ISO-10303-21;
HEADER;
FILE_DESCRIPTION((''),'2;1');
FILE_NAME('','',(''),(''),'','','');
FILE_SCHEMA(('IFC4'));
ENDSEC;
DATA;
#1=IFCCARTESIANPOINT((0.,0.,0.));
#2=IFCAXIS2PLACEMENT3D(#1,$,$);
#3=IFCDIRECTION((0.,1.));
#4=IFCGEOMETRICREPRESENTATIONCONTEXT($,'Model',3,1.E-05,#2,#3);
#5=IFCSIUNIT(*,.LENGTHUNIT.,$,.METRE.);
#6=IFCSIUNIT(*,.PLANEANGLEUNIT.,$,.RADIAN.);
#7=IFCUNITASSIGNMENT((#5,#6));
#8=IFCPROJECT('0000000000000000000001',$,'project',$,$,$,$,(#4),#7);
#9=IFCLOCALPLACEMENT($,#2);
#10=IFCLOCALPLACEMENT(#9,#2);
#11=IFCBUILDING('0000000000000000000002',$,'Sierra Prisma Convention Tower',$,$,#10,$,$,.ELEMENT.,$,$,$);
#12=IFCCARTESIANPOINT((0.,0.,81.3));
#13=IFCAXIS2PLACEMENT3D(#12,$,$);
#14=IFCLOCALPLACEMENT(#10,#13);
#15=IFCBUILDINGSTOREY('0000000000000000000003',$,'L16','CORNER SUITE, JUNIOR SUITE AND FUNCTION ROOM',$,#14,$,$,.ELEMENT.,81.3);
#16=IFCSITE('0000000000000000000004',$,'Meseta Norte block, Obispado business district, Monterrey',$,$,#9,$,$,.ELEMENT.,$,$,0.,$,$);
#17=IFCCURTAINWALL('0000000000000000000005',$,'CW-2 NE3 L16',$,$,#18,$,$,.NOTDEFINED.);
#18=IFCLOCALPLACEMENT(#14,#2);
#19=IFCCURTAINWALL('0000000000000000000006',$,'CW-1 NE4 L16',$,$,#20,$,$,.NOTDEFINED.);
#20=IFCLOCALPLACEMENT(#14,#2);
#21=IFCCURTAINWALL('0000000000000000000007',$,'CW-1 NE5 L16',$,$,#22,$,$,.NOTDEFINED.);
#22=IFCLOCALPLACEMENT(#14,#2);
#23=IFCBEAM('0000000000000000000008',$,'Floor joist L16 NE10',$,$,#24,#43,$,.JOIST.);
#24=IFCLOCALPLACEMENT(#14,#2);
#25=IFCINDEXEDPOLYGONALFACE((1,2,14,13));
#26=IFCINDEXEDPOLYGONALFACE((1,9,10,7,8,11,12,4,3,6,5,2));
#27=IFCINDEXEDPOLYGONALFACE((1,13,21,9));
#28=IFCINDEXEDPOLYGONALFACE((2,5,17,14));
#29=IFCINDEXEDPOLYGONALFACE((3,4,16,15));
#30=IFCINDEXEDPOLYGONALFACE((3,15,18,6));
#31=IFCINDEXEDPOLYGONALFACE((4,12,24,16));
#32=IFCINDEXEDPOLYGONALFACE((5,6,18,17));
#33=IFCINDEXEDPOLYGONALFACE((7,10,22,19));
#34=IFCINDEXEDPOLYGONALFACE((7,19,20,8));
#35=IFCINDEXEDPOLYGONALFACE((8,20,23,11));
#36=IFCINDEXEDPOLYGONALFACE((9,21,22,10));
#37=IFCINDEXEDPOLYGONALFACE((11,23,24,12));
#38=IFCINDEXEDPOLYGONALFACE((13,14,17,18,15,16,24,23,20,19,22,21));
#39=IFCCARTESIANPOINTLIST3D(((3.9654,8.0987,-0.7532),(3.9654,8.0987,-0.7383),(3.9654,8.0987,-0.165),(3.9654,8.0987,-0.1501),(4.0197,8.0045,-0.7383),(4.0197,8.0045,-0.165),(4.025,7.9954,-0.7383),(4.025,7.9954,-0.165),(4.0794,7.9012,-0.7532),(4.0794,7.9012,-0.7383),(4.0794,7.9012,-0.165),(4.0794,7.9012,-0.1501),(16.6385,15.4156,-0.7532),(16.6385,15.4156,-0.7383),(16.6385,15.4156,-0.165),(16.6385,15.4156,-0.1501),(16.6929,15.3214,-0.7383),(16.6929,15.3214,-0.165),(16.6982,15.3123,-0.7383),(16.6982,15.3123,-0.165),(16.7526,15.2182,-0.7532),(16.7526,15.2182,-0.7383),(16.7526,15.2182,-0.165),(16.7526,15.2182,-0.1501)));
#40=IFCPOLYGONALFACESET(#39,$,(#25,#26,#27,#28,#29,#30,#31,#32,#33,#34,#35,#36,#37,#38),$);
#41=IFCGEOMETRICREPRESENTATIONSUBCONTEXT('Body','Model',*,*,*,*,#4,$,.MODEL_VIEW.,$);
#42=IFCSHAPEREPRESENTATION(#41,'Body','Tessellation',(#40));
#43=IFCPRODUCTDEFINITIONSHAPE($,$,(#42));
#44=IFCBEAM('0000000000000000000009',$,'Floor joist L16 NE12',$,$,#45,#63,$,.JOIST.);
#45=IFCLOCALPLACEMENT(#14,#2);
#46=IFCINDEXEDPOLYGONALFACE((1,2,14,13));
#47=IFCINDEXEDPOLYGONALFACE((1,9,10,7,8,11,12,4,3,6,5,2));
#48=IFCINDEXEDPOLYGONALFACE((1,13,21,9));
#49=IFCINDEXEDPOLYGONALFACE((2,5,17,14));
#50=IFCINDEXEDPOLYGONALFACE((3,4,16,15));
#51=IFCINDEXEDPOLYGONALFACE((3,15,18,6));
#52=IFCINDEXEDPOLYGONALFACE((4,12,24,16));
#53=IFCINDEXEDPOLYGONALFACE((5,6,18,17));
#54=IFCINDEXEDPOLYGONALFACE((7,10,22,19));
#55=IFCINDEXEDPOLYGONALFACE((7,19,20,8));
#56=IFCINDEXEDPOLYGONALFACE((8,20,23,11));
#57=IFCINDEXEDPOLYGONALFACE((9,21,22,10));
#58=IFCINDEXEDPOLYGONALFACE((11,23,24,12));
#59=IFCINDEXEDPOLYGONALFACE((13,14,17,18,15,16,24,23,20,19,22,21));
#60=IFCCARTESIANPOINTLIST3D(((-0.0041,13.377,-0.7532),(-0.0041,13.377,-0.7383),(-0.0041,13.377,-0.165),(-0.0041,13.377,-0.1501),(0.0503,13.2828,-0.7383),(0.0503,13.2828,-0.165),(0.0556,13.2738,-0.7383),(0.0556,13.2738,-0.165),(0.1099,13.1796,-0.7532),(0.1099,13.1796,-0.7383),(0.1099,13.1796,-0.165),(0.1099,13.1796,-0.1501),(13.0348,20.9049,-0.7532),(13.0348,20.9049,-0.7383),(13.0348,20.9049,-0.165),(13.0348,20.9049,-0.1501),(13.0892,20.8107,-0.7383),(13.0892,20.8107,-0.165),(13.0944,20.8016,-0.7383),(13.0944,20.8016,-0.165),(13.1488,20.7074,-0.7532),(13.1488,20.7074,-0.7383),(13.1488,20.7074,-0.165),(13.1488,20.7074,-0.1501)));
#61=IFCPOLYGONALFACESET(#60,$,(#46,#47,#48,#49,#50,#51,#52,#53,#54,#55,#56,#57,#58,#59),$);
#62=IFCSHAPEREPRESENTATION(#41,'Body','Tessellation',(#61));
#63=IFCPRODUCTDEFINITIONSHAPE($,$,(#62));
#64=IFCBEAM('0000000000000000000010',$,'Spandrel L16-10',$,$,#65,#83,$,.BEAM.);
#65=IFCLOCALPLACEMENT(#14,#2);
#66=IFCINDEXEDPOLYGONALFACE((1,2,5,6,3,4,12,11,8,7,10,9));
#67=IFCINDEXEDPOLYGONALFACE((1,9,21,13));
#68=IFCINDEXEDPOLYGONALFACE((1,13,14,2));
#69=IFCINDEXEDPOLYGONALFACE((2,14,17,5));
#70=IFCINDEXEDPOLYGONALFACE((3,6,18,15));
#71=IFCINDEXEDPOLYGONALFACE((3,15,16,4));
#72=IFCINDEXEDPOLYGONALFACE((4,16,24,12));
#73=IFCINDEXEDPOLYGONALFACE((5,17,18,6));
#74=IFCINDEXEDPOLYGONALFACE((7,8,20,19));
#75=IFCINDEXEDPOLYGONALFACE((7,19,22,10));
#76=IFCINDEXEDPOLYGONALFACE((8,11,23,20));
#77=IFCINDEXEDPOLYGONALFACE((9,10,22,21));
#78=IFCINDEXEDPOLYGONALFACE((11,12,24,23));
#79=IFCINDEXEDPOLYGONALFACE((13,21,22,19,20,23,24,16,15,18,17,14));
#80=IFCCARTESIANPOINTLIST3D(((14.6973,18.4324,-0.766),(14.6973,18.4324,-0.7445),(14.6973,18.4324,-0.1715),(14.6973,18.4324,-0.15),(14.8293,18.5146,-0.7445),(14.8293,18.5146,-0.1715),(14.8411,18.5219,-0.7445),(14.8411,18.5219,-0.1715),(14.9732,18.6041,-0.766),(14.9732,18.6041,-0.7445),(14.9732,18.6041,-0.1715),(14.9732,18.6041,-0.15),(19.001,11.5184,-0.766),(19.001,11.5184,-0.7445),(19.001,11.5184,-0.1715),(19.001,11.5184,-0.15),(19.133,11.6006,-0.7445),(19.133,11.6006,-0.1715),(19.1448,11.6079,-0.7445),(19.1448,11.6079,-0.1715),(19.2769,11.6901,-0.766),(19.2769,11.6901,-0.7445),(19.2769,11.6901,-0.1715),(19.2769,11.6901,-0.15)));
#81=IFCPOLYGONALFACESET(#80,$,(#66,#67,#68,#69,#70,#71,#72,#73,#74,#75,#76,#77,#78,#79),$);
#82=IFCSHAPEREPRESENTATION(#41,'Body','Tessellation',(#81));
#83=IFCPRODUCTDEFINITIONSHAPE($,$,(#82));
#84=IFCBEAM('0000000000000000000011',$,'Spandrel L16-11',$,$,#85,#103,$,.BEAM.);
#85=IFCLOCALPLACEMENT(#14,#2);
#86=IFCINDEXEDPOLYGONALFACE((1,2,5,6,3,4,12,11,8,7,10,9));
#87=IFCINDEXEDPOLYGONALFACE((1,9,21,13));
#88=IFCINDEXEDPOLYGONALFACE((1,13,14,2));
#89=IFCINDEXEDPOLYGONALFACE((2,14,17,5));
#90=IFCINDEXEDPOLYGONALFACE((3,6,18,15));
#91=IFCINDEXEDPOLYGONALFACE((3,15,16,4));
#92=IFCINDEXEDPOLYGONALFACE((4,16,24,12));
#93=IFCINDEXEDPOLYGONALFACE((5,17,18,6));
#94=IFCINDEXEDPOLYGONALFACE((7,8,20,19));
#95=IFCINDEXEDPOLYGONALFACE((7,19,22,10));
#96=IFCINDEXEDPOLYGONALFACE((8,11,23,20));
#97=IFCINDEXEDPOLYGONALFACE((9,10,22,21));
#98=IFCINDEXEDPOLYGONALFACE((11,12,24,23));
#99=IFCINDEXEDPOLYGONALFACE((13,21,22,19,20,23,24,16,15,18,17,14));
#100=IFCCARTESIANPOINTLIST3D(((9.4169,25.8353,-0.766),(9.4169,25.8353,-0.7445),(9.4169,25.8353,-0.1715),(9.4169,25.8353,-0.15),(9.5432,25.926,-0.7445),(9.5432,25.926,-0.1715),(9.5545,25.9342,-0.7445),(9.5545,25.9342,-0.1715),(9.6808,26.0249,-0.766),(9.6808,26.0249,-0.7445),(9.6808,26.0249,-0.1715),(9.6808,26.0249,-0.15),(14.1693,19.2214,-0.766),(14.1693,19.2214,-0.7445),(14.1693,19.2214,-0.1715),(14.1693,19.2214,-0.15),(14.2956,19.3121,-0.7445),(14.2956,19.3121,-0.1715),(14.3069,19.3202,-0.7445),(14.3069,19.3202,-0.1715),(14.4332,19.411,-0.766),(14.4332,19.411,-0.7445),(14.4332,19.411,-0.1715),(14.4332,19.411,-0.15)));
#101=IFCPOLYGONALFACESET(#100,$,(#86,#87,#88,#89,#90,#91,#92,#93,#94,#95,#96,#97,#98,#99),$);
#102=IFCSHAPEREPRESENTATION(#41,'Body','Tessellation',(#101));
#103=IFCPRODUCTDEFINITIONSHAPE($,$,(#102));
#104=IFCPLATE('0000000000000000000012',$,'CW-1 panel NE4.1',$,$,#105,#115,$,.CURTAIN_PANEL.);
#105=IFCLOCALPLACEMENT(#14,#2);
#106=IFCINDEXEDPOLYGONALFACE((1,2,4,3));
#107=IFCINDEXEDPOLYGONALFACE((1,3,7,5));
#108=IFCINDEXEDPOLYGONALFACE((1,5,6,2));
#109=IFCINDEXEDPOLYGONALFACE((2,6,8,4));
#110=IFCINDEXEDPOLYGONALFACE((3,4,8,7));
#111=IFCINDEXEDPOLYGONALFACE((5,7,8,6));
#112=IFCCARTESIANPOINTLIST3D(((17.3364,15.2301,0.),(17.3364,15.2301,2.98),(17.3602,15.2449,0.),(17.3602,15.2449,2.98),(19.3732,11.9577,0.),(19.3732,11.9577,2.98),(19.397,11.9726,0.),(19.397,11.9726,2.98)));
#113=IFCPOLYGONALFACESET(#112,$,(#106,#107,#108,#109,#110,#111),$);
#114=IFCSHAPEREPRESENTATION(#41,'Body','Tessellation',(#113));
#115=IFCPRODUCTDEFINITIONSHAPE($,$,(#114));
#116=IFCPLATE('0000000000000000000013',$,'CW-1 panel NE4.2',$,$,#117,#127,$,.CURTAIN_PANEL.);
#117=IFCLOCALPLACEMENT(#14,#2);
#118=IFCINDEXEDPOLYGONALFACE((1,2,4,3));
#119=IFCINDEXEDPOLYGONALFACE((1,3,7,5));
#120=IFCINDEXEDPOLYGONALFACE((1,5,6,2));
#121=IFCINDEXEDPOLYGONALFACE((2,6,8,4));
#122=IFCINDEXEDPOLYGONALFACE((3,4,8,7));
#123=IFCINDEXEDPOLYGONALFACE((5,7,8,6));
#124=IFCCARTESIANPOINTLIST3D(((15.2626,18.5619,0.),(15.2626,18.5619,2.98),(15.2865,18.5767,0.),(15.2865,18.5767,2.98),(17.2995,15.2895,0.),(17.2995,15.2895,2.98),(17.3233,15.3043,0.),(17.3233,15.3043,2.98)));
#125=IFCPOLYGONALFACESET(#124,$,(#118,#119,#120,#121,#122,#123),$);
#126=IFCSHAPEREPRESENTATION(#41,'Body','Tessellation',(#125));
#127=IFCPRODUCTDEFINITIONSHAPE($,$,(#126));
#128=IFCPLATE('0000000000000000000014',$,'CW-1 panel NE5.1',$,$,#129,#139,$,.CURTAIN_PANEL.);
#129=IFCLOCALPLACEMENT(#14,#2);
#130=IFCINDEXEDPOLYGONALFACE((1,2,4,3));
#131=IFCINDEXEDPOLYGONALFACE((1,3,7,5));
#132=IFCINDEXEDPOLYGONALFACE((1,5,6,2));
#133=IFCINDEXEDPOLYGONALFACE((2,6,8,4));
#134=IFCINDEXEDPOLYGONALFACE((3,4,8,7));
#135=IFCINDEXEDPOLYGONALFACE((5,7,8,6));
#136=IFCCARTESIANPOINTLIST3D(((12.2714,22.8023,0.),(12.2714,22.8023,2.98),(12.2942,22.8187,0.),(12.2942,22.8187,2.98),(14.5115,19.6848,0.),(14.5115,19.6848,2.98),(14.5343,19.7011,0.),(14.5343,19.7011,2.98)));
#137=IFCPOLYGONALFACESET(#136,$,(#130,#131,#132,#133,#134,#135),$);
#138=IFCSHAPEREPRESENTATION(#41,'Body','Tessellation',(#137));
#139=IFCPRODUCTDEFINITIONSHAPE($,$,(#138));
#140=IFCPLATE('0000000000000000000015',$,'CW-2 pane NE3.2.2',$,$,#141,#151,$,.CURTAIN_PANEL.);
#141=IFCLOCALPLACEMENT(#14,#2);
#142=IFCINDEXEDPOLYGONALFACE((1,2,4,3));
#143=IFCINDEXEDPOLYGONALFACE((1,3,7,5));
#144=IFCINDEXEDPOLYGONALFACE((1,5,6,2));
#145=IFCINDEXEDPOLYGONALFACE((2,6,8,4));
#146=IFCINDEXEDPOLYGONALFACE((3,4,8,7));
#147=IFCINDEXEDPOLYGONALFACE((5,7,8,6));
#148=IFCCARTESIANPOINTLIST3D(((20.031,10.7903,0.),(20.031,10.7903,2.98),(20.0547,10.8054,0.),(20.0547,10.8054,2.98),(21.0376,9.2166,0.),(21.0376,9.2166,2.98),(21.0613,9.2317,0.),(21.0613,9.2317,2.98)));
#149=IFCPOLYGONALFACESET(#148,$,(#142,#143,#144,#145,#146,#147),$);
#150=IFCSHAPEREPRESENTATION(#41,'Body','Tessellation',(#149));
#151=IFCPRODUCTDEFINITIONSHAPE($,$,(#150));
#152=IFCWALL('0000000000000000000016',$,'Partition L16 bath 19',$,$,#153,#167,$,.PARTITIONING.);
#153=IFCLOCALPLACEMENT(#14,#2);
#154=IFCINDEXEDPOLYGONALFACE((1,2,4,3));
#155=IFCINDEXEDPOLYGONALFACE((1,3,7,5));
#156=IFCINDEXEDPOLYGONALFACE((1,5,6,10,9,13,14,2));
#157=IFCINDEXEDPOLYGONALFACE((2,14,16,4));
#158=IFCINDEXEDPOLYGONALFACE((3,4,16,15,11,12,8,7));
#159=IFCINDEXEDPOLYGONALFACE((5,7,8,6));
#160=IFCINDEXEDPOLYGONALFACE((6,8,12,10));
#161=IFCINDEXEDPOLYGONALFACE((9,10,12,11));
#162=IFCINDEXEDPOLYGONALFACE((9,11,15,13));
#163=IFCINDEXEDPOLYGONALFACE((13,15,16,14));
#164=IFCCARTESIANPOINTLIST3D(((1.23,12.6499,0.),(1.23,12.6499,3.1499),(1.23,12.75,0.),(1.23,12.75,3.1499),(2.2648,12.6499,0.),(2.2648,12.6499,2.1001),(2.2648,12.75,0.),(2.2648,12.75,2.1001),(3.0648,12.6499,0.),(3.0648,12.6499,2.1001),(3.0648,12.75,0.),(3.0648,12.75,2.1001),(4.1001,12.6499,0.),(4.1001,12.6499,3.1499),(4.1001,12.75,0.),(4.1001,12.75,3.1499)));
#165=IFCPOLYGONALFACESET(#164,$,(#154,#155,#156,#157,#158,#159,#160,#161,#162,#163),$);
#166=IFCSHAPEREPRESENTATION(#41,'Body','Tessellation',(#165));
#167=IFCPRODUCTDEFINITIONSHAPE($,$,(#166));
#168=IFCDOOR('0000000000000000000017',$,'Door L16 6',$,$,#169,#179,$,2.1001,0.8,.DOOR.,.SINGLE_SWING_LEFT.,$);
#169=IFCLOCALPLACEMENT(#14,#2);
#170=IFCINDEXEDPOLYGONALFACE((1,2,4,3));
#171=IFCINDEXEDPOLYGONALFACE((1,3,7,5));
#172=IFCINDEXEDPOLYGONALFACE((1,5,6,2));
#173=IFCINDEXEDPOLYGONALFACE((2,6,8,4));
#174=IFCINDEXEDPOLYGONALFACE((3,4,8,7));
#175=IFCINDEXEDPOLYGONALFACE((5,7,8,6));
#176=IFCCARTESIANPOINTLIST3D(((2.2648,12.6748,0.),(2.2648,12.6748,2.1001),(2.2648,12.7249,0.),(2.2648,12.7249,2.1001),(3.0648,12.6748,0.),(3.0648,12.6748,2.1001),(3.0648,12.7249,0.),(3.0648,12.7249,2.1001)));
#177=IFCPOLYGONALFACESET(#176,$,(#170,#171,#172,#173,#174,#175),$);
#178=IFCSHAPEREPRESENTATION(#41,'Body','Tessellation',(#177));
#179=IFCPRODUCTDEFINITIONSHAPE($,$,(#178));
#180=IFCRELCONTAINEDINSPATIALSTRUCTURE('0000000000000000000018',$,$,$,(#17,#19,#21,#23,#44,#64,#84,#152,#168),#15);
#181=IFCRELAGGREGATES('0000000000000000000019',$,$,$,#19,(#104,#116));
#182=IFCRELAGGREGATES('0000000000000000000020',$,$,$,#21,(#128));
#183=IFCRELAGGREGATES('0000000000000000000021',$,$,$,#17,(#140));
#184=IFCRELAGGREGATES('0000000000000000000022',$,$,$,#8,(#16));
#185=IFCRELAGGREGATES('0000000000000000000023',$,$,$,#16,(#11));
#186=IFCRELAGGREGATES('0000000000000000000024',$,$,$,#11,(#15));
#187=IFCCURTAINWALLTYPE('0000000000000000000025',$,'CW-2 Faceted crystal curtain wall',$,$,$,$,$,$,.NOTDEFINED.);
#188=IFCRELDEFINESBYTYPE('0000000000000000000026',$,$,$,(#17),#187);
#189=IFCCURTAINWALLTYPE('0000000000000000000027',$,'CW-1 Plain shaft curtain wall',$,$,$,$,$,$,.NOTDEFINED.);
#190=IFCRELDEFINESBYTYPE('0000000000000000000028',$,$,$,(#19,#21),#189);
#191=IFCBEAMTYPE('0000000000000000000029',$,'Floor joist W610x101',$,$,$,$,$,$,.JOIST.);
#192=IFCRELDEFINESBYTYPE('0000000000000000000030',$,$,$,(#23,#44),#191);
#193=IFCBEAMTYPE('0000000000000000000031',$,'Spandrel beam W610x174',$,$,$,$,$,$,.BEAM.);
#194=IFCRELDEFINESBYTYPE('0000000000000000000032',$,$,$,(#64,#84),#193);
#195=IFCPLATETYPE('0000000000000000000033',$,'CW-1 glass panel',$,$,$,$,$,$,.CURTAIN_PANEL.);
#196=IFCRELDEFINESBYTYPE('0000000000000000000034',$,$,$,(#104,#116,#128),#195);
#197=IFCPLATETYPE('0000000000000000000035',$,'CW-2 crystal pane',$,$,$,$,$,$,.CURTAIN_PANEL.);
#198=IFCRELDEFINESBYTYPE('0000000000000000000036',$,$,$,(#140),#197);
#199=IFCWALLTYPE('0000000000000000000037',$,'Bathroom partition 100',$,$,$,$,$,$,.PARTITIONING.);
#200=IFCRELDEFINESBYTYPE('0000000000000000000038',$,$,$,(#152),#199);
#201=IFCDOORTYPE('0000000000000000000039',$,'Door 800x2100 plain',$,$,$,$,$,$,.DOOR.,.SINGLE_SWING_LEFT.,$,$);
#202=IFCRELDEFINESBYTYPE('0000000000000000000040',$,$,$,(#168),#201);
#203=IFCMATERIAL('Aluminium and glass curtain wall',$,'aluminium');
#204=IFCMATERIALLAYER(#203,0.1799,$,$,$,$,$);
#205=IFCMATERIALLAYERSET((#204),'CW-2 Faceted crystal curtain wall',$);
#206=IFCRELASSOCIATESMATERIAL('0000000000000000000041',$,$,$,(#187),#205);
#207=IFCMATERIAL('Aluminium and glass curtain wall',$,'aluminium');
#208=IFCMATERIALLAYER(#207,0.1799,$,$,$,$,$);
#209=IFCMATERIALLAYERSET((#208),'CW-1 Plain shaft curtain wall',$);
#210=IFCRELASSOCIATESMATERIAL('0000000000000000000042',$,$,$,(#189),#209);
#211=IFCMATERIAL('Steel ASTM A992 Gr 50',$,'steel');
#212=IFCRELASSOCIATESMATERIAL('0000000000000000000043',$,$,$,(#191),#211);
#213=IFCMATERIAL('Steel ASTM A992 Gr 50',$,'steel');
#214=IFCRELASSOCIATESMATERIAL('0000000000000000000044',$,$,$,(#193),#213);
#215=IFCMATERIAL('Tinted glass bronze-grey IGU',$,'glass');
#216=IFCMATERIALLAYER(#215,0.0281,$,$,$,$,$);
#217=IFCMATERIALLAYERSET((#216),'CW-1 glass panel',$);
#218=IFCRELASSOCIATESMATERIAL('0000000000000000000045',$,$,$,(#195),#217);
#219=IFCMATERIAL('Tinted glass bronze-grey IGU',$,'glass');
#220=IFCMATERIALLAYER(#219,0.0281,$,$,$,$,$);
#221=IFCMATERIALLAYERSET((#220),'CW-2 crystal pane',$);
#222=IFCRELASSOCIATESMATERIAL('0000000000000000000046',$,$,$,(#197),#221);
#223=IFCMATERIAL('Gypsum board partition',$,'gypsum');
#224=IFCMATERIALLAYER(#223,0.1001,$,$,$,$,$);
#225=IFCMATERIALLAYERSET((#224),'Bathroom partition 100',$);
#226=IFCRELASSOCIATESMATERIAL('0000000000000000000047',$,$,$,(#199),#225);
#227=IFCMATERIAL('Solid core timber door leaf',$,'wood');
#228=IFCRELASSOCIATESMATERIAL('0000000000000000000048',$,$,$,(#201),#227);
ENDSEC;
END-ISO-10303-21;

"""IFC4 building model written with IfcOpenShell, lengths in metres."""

from ifc_helpers import new_model, si_unit, direction, frame, frame_2d, origin, origin_2d, place, context, subcontext, project, spatial, polyline, rectangle, i_section, outline, extrude, material, layer, layer_set, material_profile, profile_set, type_object, element, fill, aggregate, save


model = new_model("IFC4")

# Units and contexts
model_context = context("Model", 3, precision=1e-05, world=origin(), true_north=direction((0.0, 1.0)))
body_context = subcontext(model_context, "Body", "Model", "MODEL_VIEW")
ifc_project = project(units=[si_unit("LENGTHUNIT", "METRE"), si_unit("PLANEANGLEUNIT", "RADIAN")], contexts=[model_context])

# Site, building, storey
site_placement = place(None, origin())
site = spatial("IfcSite", under=ifc_project, at=site_placement, Name="Meseta Norte block, Obispado business district, Monterrey", CompositionType="ELEMENT", RefElevation=0.0)
building_placement = place(site_placement, origin())
building = spatial("IfcBuilding", under=site, at=building_placement, Name="Sierra Prisma Convention Tower", CompositionType="ELEMENT")
storey_placement = place(building_placement, frame((0.0, 0.0, 81.3)))
storey = spatial("IfcBuildingStorey", under=building, at=storey_placement, Name="L16", Description="CORNER SUITE, JUNIOR SUITE AND FUNCTION ROOM", CompositionType="ELEMENT", Elevation=81.3)

# Curtain wall
ifc_material_1 = material(Name="Aluminium and glass curtain wall", Category="aluminium")
ifc_layer_1 = layer(ifc_material_1, 0.1799)
ifc_layer_set_1 = layer_set([ifc_layer_1], Name="CW-2 Faceted crystal curtain wall")
curtain_wall_type_1 = type_object("IfcCurtainWallType", Name="CW-2 Faceted crystal curtain wall", PredefinedType="NOTDEFINED", material=ifc_layer_set_1)
curtain_wall_1_placement = place(storey_placement, origin())
curtain_wall_1 = element("IfcCurtainWall", 1, at=curtain_wall_1_placement, inside=storey, type_object=curtain_wall_type_1, Name="CW-2 NE3 L16", PredefinedType="NOTDEFINED")

# Curtain wall
ifc_material_2 = material(Name="Aluminium and glass curtain wall", Category="aluminium")
ifc_layer_2 = layer(ifc_material_2, 0.1799)
ifc_layer_set_2 = layer_set([ifc_layer_2], Name="CW-1 Plain shaft curtain wall")
curtain_wall_type_2 = type_object("IfcCurtainWallType", Name="CW-1 Plain shaft curtain wall", PredefinedType="NOTDEFINED", material=ifc_layer_set_2)
curtain_wall_2_placement = place(storey_placement, origin())
curtain_wall_2 = element("IfcCurtainWall", 2, at=curtain_wall_2_placement, inside=storey, type_object=curtain_wall_type_2, Name="CW-1 NE4 L16", PredefinedType="NOTDEFINED")

# Curtain wall
curtain_wall_3_placement = place(storey_placement, origin())
curtain_wall_3 = element("IfcCurtainWall", 3, at=curtain_wall_3_placement, inside=storey, type_object=curtain_wall_type_2, Name="CW-1 NE5 L16", PredefinedType="NOTDEFINED")

# Beams
ifc_material_3 = material(Name="Steel ASTM A992 Gr 50", Category="steel")
ifc_material_profile_1 = material_profile(ifc_material_3, i_section(OverallWidth=0.228, OverallDepth=0.603, WebThickness=0.0105, FlangeThickness=0.0149, at=origin_2d()), Name="W610x101")
ifc_profile_set_1 = profile_set([ifc_material_profile_1], Name="Steel ASTM A992 Gr 50")
beam_type_1 = type_object("IfcBeamType", Name="Floor joist W610x101", PredefinedType="JOIST", material=ifc_profile_set_1)
beam_1_placement = place(storey_placement, frame((16.6956, 15.3169, -0.4517), z_axis=(-0.866023, -0.500004, 0.0), x_axis=(0.500004, -0.866023, 0.0)))
element("IfcBeam", 4, at=beam_1_placement, inside=storey, type_object=beam_type_1, Name="Floor joist L16 NE10", PredefinedType="JOIST", context=body_context, shape_type="SweptSolid", body=[
    extrude(i_section(OverallWidth=0.228, OverallDepth=0.603, WebThickness=0.0105, FlangeThickness=0.0149, at=origin_2d()), origin(), (0.0, 0.0, 1.0), 14.6338),
])
beam_2_placement = place(storey_placement, frame((13.0918, 20.8062, -0.4517), z_axis=(-0.866029, -0.499993, 0.0), x_axis=(0.499993, -0.866029, 0.0)))
element("IfcBeam", 5, at=beam_2_placement, inside=storey, type_object=beam_type_1, Name="Floor joist L16 NE12", PredefinedType="JOIST", context=body_context, shape_type="SweptSolid", body=[
    extrude(i_section(OverallWidth=0.228, OverallDepth=0.603, WebThickness=0.0105, FlangeThickness=0.0149, at=origin_2d()), origin(), (0.0, 0.0, 1.0), 15.0559),
])
ifc_material_4 = material(Name="Steel ASTM A992 Gr 50", Category="steel")
ifc_material_profile_2 = material_profile(ifc_material_4, i_section(OverallWidth=0.325, OverallDepth=0.616, WebThickness=0.0139, FlangeThickness=0.0215, at=origin_2d()), Name="W610x174")
ifc_profile_set_2 = profile_set([ifc_material_profile_2], Name="Steel ASTM A992 Gr 50")
beam_type_2 = type_object("IfcBeamType", Name="Spandrel beam W610x174", PredefinedType="BEAM", material=ifc_profile_set_2)
beam_3_placement = place(storey_placement, frame((19.1389, 11.6042, -0.458), z_axis=(-0.528446, 0.848967, 0.0), x_axis=(-0.848967, -0.528446, 0.0)))
element("IfcBeam", 6, at=beam_3_placement, inside=storey, type_object=beam_type_2, Name="Spandrel L16-10", PredefinedType="BEAM", context=body_context, shape_type="SweptSolid", body=[
    extrude(i_section(OverallWidth=0.325, OverallDepth=0.616, WebThickness=0.0139, FlangeThickness=0.0215, at=origin_2d()), origin(), (0.0, 0.0, 1.0), 8.144),
])
beam_4_placement = place(storey_placement, frame((14.3013, 19.3162, -0.458), z_axis=(-0.583524, 0.812096, 0.0), x_axis=(-0.812096, -0.583524, 0.0)))
element("IfcBeam", 7, at=beam_4_placement, inside=storey, type_object=beam_type_2, Name="Spandrel L16-11", PredefinedType="BEAM", context=body_context, shape_type="SweptSolid", body=[
    extrude(i_section(OverallWidth=0.325, OverallDepth=0.616, WebThickness=0.0139, FlangeThickness=0.0215, at=origin_2d()), origin(), (0.0, 0.0, 1.0), 8.1443),
])

# Plates
ifc_material_5 = material(Name="Tinted glass bronze-grey IGU", Category="glass")
ifc_layer_3 = layer(ifc_material_5, 0.0281)
ifc_layer_set_3 = layer_set([ifc_layer_3], Name="CW-1 glass panel")
plate_type_1 = type_object("IfcPlateType", Name="CW-1 glass panel", PredefinedType="CURTAIN_PANEL", material=ifc_layer_set_3)
plate_1_placement = place(storey_placement, frame((18.3667, 13.6013, 0.0), z_axis=(0.0, 0.0, 1.0), x_axis=(-0.528432, 0.848975, 0.0)))
plate_1 = element("IfcPlate", 8, at=plate_1_placement, type_object=plate_type_1, Name="CW-1 panel NE4.1", PredefinedType="CURTAIN_PANEL", context=body_context, shape_type="SweptSolid", body=[
    extrude(rectangle(XDim=3.8545, YDim=0.0281, at=origin_2d()), origin(), (0.0, 0.0, 1.0), 2.98),
])
plate_2_placement = place(storey_placement, frame((16.293, 16.9331, 0.0), z_axis=(0.0, 0.0, 1.0), x_axis=(-0.528432, 0.848975, 0.0)))
plate_2 = element("IfcPlate", 9, at=plate_2_placement, type_object=plate_type_1, Name="CW-1 panel NE4.2", PredefinedType="CURTAIN_PANEL", context=body_context, shape_type="SweptSolid", body=[
    extrude(rectangle(XDim=3.8545, YDim=0.0281, at=origin_2d()), origin(), (0.0, 0.0, 1.0), 2.98),
])
aggregate(curtain_wall_2, [plate_1, plate_2])
plate_3_placement = place(storey_placement, frame((13.4028, 21.2517, 0.0), z_axis=(0.0, 0.0, 1.0), x_axis=(-0.583524, 0.812096, 0.0)))
plate_3 = element("IfcPlate", 10, at=plate_3_placement, type_object=plate_type_1, Name="CW-1 panel NE5.1", PredefinedType="CURTAIN_PANEL", context=body_context, shape_type="SweptSolid", body=[
    extrude(rectangle(XDim=3.8389, YDim=0.0281, at=origin_2d()), origin(), (0.0, 0.0, 1.0), 2.98),
])
aggregate(curtain_wall_3, [plate_3])
ifc_material_6 = material(Name="Tinted glass bronze-grey IGU", Category="glass")
ifc_layer_4 = layer(ifc_material_6, 0.0281)
ifc_layer_set_4 = layer_set([ifc_layer_4], Name="CW-2 crystal pane")
plate_type_2 = type_object("IfcPlateType", Name="CW-2 crystal pane", PredefinedType="CURTAIN_PANEL", material=ifc_layer_set_4)
plate_4_placement = place(storey_placement, frame((20.0547, 10.8054, 0.0), z_axis=(0.842416, 0.538827, 0.0), x_axis=(0.538827, -0.842416, 0.0)))
plate_4 = element("IfcPlate", 11, at=plate_4_placement, type_object=plate_type_2, Name="CW-2 pane NE3.2.2", PredefinedType="CURTAIN_PANEL", context=body_context, shape_type="SweptSolid", body=[
    extrude(outline(polyline([(0.0, 0.0), (1.8681, 0.0), (1.8681, -2.98), (0.0, -2.98), (0.0, 0.0)])), origin(), (0.0, 0.0, -1.0), 0.0281),
])
aggregate(curtain_wall_1, [plate_4])

# Wall, opening, door
ifc_material_7 = material(Name="Gypsum board partition", Category="gypsum")
ifc_layer_5 = layer(ifc_material_7, 0.1001)
ifc_layer_set_5 = layer_set([ifc_layer_5], Name="Bathroom partition 100")
wall_type_1 = type_object("IfcWallType", Name="Bathroom partition 100", PredefinedType="PARTITIONING", material=ifc_layer_set_5)
wall_1_placement = place(storey_placement, frame((1.23, 12.7, 0.0), z_axis=(0.0, 0.0, 1.0), x_axis=(1.0, 0.0, 0.0)))
wall_1 = element("IfcWall", 12, at=wall_1_placement, inside=storey, type_object=wall_type_1, Name="Partition L16 bath 19", PredefinedType="PARTITIONING", context=body_context, shape_type="SweptSolid", body=[
    extrude(rectangle(XDim=2.8701, YDim=0.1001, at=frame_2d((1.4351, 0.0))), origin(), (0.0, 0.0, 1.0), 3.1499),
])
opening_1_placement = place(wall_1_placement, frame((1.0349, 0.0, 0.0)))
opening_1 = element("IfcOpeningElement", 13, at=opening_1_placement, cuts=wall_1, PredefinedType="OPENING", context=body_context, shape_type="SweptSolid", body=[
    extrude(rectangle(XDim=0.8, YDim=2.1001, at=frame_2d((0.3999, 1.05))), frame((0.0, 0.05, 0.0), z_axis=(0.0, -1.0, 0.0), x_axis=(1.0, 0.0, 0.0)), (0.0, 0.0, 1.0), 0.1001),
])
ifc_material_8 = material(Name="Solid core timber door leaf", Category="wood")
door_type_1 = type_object("IfcDoorType", Name="Door 800x2100 plain", OperationType="SINGLE_SWING_LEFT", PredefinedType="DOOR", material=ifc_material_8)
door_1_placement = place(opening_1_placement, origin())
door_1 = element("IfcDoor", 14, at=door_1_placement, inside=storey, type_object=door_type_1, Name="Door L16 6", OperationType="SINGLE_SWING_LEFT", OverallHeight=2.1001, OverallWidth=0.8, PredefinedType="DOOR", context=body_context, shape_type="SweptSolid", body=[
    extrude(rectangle(XDim=0.8, YDim=2.1001, at=frame_2d((0.3999, 1.05))), frame((0.0, 0.0249, 0.0), z_axis=(0.0, -1.0, 0.0), x_axis=(1.0, 0.0, 0.0)), (0.0, 0.0, 1.0), 0.05),
])
fill(opening_1, door_1)

save(model, "model.ifc")
